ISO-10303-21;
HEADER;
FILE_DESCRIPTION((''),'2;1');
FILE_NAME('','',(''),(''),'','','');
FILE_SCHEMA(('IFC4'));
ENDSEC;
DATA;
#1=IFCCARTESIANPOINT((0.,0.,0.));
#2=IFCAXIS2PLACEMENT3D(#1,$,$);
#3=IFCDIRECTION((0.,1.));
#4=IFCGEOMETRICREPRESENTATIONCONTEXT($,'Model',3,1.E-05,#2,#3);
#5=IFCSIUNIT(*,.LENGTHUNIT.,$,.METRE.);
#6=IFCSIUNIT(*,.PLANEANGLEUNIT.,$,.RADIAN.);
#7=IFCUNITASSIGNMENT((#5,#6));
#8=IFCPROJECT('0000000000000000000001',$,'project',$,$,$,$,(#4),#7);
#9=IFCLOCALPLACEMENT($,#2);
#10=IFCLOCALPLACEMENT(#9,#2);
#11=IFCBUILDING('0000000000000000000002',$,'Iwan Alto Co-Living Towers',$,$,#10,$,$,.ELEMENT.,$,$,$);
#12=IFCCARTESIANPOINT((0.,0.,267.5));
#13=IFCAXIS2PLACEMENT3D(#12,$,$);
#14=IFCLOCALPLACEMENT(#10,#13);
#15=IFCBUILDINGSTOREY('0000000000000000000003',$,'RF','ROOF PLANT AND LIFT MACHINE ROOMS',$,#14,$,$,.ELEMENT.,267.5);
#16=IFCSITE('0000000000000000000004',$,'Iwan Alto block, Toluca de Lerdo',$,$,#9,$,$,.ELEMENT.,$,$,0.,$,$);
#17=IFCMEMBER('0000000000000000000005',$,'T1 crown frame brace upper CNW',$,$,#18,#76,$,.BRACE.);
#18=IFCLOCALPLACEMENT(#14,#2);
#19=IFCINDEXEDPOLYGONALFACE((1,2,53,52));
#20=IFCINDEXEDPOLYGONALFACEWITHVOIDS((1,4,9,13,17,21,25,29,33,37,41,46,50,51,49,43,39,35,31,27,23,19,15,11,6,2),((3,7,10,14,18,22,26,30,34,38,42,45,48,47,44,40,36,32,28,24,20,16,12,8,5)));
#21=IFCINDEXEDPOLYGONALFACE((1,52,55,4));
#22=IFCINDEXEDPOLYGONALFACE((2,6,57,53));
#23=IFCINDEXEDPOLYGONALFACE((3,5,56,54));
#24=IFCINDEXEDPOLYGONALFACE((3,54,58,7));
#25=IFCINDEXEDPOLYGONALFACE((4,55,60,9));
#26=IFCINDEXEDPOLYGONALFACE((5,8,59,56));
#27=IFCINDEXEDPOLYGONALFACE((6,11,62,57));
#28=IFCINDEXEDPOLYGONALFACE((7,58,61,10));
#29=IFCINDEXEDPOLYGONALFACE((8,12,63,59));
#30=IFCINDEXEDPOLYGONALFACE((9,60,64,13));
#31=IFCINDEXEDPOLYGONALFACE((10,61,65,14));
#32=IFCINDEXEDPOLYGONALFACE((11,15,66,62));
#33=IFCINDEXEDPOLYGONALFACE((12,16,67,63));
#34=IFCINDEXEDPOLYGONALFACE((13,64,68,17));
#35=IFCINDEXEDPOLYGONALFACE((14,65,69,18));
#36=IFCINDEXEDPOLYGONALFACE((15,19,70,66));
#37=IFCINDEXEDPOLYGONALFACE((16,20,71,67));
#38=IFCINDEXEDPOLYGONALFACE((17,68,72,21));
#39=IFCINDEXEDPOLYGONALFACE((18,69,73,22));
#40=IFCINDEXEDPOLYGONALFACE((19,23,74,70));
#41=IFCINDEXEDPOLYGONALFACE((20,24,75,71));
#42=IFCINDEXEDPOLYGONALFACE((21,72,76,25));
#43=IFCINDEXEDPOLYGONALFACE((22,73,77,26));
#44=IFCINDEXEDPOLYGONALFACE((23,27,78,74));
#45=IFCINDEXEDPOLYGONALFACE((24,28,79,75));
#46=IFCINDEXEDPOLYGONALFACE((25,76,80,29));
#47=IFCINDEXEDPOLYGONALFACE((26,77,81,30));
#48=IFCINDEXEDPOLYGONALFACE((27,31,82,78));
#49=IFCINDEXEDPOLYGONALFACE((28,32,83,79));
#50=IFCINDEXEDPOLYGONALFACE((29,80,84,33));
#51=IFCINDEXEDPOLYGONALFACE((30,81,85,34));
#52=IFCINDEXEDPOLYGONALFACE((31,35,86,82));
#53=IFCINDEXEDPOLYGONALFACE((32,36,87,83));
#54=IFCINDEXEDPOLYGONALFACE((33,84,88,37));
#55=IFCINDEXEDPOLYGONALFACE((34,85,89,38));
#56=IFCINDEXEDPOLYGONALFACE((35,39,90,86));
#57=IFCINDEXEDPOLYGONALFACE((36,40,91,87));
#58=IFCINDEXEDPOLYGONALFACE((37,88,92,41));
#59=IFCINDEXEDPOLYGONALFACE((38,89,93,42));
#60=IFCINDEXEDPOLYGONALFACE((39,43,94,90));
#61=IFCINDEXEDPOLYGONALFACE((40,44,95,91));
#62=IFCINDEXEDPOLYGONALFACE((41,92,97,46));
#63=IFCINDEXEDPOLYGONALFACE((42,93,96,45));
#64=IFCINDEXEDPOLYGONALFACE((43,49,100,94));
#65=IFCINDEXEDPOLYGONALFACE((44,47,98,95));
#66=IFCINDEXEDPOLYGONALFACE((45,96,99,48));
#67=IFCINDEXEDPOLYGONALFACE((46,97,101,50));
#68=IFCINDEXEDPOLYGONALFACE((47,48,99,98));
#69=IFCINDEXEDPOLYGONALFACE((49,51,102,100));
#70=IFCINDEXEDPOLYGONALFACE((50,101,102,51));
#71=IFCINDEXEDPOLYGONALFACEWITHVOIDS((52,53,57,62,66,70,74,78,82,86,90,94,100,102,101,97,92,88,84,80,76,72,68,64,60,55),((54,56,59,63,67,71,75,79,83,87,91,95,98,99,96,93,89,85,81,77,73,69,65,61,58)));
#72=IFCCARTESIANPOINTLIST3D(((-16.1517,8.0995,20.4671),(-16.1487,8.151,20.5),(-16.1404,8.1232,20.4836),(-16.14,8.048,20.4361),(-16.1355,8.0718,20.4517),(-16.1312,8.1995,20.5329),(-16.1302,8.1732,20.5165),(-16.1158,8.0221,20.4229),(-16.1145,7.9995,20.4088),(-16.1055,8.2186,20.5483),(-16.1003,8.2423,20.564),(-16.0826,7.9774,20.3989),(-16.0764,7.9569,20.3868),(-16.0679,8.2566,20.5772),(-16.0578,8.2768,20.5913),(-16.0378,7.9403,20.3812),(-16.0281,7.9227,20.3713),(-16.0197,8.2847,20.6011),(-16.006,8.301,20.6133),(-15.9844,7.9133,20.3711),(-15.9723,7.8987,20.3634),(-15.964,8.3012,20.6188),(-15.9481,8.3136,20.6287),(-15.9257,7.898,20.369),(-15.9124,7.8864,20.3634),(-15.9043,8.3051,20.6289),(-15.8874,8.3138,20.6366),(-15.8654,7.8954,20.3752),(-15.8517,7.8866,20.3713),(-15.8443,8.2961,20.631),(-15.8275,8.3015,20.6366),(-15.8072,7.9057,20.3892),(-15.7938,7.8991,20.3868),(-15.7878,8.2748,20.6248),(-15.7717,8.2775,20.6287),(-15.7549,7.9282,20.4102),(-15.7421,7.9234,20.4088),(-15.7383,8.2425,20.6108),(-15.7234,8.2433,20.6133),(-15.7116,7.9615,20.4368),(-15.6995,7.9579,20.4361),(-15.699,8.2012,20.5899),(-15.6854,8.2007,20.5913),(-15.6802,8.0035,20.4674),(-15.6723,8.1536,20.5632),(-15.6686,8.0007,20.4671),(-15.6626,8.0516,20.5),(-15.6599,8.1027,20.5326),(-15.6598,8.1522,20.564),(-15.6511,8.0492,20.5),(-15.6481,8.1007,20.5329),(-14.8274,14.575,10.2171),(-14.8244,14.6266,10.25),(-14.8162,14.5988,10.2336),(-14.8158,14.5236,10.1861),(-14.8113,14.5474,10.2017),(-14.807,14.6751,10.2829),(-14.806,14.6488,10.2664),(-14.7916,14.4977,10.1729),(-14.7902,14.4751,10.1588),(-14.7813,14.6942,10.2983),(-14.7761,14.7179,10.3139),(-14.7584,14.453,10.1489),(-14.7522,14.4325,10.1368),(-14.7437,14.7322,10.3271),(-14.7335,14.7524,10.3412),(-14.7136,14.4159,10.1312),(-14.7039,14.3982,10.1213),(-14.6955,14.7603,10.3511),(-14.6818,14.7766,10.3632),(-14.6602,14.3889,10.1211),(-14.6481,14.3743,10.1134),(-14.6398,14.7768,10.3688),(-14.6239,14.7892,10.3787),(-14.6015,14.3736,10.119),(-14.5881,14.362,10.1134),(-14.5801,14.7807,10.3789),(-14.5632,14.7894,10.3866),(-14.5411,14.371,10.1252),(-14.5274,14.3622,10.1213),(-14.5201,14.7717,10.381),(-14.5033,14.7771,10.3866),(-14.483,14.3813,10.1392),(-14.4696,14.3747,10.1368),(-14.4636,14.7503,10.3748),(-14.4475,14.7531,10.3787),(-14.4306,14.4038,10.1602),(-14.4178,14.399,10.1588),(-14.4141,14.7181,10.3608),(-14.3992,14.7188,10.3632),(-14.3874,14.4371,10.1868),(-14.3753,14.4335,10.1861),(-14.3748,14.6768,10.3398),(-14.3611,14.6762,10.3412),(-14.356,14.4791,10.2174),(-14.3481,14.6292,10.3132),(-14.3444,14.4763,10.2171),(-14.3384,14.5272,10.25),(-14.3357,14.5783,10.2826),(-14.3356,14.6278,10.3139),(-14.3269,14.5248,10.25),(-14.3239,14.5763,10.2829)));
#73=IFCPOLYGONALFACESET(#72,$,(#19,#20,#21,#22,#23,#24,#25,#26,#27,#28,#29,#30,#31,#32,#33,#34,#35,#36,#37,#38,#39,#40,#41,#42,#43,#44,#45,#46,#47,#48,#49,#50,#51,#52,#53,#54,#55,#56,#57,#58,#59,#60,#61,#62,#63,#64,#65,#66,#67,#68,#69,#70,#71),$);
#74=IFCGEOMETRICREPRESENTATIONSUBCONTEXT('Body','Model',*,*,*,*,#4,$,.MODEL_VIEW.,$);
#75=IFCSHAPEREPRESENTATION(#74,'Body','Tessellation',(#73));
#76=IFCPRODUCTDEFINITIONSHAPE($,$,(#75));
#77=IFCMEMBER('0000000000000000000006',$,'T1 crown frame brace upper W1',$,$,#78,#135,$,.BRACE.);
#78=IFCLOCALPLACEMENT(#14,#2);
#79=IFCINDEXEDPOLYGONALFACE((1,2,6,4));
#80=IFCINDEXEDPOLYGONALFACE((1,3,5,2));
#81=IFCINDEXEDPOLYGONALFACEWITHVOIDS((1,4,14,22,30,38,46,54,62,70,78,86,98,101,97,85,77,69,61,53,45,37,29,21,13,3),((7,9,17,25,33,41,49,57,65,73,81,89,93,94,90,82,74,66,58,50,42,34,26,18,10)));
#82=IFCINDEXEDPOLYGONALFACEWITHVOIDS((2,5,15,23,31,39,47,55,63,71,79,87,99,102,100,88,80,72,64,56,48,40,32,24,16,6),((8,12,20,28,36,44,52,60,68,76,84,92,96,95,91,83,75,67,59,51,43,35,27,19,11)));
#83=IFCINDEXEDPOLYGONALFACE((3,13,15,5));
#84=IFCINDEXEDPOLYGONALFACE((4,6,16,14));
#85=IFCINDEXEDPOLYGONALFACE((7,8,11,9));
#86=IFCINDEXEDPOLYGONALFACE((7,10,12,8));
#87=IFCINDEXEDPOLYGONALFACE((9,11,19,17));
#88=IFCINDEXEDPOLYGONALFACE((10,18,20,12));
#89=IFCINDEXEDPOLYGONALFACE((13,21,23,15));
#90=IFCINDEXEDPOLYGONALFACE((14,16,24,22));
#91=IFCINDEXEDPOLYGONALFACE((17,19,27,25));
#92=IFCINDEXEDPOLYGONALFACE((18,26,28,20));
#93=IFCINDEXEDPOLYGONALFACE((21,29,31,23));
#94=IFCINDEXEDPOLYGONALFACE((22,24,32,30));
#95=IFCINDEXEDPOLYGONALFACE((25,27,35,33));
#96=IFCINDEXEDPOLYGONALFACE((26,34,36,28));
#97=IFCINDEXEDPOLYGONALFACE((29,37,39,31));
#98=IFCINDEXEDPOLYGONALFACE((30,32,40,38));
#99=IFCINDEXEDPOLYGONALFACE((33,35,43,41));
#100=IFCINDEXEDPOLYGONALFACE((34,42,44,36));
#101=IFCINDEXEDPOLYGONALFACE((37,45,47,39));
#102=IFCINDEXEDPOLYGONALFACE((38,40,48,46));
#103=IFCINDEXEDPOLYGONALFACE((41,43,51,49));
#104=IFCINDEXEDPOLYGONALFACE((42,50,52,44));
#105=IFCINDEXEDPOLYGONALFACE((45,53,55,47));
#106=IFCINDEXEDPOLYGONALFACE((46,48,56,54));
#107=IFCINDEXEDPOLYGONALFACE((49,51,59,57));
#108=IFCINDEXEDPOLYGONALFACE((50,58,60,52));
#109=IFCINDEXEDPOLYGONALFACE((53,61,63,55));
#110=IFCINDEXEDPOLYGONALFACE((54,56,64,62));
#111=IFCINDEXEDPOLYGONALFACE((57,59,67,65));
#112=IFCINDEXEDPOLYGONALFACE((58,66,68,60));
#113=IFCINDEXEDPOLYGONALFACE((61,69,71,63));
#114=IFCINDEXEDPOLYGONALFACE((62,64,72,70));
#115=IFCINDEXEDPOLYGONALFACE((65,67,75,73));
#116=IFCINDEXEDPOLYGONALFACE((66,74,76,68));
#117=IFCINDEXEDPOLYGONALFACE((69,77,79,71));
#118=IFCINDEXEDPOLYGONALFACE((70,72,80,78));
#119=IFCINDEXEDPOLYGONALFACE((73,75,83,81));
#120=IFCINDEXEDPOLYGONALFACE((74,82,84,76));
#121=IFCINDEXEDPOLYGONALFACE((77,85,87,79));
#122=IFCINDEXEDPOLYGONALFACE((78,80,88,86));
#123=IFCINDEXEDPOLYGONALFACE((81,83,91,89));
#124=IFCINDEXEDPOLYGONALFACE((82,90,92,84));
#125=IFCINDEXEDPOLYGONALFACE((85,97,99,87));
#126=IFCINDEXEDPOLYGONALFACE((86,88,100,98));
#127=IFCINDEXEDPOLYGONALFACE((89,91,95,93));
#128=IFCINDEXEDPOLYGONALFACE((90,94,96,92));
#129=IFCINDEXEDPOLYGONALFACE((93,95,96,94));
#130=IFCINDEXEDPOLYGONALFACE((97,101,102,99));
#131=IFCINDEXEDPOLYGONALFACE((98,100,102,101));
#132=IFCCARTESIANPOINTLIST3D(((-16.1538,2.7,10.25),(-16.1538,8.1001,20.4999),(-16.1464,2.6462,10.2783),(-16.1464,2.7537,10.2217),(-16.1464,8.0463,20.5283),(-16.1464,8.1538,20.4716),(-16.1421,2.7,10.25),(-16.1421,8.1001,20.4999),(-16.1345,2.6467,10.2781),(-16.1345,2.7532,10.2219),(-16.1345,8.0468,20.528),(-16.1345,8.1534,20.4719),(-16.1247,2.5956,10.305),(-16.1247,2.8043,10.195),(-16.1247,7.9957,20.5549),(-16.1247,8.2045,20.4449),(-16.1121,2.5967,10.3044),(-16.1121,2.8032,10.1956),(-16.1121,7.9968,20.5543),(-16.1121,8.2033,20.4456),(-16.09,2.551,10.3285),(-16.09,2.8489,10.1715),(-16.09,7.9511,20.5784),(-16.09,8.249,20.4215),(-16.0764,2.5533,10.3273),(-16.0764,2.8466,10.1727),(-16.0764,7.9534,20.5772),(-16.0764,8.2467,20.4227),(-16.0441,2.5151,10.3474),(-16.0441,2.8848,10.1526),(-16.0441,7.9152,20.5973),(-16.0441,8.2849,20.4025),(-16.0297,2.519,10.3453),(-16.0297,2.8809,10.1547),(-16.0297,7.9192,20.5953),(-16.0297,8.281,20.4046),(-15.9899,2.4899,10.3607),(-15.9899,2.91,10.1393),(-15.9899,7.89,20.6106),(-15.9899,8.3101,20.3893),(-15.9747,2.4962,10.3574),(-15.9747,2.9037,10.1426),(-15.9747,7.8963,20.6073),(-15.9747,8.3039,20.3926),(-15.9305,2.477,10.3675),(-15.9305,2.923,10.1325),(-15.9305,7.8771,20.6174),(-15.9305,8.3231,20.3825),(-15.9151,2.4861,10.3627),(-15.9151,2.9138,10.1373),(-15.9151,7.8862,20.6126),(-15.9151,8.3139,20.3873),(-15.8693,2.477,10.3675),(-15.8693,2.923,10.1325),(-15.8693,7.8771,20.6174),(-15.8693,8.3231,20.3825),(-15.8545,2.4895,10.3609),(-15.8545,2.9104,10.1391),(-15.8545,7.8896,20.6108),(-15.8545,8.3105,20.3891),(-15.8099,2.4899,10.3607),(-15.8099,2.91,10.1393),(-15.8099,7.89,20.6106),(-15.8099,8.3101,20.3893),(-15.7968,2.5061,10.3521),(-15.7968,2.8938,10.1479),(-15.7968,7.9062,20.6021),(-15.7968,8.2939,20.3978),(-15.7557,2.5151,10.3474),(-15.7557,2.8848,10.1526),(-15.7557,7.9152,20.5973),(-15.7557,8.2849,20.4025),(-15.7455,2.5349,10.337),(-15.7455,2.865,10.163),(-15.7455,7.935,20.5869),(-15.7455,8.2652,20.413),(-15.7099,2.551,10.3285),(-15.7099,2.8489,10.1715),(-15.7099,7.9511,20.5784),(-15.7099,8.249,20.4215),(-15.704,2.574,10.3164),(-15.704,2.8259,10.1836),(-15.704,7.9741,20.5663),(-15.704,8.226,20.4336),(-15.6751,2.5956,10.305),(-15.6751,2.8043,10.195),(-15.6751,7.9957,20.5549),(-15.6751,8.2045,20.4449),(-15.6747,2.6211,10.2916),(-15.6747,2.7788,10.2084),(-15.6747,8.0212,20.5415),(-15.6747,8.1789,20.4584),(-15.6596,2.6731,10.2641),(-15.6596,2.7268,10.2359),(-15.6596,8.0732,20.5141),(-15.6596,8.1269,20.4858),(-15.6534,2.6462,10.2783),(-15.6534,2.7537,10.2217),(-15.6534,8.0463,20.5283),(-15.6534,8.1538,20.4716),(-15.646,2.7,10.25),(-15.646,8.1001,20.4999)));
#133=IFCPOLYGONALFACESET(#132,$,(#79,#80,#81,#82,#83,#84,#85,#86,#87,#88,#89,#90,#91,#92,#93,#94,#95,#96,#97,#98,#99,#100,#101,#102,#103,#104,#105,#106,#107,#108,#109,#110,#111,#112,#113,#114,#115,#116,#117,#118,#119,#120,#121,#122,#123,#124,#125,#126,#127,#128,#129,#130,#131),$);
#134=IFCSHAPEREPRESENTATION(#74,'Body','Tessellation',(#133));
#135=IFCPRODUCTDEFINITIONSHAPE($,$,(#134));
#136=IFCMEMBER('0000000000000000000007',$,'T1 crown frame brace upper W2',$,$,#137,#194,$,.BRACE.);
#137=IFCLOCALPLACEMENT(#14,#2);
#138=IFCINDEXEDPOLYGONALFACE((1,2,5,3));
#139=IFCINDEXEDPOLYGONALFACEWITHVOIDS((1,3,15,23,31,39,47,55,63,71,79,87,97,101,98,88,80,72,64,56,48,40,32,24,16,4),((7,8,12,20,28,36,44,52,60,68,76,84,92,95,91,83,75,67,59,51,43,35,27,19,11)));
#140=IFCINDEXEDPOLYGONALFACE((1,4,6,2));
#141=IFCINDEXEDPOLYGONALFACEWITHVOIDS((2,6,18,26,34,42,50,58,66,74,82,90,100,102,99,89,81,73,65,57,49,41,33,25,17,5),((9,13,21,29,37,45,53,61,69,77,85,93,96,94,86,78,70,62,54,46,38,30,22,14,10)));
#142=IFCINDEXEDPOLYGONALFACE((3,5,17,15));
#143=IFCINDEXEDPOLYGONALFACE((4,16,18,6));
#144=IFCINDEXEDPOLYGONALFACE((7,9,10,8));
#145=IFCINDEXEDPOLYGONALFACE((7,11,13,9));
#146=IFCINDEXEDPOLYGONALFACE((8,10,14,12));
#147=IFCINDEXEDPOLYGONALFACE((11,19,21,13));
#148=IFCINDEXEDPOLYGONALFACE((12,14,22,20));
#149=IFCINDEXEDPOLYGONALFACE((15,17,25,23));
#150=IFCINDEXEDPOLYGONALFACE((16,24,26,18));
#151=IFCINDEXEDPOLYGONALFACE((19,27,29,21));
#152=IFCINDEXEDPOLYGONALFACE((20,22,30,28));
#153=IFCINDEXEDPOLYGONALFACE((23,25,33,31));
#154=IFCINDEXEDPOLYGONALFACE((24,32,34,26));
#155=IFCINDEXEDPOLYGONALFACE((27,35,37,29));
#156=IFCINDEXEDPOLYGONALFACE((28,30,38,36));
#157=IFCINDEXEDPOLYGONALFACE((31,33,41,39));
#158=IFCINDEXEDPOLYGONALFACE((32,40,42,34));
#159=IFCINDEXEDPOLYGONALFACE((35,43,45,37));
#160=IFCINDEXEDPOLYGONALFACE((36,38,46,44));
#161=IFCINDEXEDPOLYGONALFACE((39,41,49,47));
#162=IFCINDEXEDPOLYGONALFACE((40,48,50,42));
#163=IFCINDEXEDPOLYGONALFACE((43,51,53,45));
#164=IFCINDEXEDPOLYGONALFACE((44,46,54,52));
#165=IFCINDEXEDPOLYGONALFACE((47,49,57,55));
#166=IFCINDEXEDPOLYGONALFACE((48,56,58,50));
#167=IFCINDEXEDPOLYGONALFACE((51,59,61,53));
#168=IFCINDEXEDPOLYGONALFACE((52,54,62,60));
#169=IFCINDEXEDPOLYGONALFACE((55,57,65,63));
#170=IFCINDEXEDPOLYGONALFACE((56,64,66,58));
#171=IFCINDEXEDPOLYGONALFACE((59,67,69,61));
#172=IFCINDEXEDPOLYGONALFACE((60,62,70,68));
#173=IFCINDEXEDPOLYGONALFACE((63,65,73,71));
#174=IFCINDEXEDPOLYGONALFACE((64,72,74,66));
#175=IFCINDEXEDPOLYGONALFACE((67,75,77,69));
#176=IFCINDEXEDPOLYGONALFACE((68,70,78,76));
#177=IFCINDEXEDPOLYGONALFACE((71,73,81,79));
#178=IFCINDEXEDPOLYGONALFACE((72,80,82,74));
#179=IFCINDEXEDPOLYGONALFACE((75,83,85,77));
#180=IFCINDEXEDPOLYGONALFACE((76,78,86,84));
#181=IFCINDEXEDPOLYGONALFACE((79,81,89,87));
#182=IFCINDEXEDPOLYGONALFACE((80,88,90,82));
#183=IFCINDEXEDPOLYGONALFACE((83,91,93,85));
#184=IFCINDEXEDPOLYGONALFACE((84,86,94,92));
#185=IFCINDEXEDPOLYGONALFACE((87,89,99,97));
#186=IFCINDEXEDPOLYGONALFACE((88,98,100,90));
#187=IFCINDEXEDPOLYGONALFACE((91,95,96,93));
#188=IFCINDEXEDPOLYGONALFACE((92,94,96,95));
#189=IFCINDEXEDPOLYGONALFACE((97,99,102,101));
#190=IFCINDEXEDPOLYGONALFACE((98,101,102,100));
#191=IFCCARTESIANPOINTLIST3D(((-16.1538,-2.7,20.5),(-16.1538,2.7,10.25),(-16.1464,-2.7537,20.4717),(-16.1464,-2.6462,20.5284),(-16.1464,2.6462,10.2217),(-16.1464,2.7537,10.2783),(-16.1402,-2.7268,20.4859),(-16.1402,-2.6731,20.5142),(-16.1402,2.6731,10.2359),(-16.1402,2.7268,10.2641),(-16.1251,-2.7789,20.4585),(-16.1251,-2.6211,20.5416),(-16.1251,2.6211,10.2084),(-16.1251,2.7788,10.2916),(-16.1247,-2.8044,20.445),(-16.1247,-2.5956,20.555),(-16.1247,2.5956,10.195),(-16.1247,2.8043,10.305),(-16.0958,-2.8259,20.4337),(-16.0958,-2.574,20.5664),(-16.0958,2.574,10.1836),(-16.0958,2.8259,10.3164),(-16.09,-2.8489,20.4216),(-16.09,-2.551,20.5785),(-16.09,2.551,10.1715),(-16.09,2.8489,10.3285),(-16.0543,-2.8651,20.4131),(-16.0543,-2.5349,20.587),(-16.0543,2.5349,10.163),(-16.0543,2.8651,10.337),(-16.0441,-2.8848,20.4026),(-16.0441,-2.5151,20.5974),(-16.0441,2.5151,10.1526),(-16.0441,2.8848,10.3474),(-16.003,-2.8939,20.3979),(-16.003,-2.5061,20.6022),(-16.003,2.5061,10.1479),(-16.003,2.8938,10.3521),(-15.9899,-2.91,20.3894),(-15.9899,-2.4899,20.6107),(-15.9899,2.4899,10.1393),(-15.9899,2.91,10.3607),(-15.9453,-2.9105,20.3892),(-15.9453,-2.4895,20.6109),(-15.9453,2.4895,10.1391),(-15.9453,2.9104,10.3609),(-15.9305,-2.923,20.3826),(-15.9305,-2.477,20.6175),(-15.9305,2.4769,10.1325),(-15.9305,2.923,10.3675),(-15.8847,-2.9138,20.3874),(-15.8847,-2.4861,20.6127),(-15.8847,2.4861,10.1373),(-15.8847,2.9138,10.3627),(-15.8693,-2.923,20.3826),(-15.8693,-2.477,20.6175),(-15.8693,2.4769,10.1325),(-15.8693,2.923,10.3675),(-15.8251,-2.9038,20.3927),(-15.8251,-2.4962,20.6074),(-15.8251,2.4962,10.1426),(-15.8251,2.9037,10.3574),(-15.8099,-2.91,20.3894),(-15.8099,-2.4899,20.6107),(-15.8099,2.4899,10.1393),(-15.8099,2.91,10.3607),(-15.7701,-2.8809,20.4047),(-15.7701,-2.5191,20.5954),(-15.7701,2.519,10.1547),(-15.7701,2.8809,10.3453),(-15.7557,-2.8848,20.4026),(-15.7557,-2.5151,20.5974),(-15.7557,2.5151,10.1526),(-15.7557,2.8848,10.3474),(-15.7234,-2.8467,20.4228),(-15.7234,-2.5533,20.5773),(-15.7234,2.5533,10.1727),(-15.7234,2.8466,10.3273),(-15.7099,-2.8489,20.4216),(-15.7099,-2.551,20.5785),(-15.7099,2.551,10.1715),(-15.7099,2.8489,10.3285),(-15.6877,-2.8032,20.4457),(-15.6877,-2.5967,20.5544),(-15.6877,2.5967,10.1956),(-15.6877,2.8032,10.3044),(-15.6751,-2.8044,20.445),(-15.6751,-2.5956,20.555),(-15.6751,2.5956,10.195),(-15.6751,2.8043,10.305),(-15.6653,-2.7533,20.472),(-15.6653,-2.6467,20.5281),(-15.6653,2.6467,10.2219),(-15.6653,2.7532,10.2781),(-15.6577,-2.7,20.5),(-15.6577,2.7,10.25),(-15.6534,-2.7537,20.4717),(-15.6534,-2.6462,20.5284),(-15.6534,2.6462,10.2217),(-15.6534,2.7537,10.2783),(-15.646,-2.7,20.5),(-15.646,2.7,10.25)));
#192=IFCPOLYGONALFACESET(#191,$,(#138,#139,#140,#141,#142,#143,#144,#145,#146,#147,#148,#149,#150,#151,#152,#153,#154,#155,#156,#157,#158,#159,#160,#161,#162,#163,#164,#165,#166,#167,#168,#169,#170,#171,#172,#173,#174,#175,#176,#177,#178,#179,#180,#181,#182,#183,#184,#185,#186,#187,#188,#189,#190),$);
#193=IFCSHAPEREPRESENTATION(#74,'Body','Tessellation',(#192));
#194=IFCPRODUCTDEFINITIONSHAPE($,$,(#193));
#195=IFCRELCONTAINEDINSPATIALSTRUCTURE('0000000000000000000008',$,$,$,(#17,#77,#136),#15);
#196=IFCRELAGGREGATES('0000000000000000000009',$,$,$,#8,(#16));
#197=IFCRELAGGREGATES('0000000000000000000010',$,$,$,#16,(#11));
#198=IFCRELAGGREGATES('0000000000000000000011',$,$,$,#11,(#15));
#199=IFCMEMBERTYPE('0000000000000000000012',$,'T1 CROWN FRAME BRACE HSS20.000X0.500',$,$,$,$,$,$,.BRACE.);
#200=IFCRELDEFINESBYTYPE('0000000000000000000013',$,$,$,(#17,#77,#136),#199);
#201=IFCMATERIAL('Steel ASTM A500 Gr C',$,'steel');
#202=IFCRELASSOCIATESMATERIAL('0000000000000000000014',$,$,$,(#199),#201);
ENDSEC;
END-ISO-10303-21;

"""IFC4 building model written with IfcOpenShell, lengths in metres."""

from ifc_helpers import new_model, si_unit, direction, frame, origin, origin_2d, place, context, subcontext, project, spatial, hollow_circle, extrude, material, material_profile, profile_set, type_object, element, save


model = new_model("IFC4")

# Units and contexts
model_context = context("Model", 3, precision=1e-05, world=origin(), true_north=direction((0.0, 1.0)))
body_context = subcontext(model_context, "Body", "Model", "MODEL_VIEW")
ifc_project = project(units=[si_unit("LENGTHUNIT", "METRE"), si_unit("PLANEANGLEUNIT", "RADIAN")], contexts=[model_context])

# Site, building, storey
site_placement = place(None, origin())
site = spatial("IfcSite", under=ifc_project, at=site_placement, Name="Iwan Alto block, Toluca de Lerdo", CompositionType="ELEMENT", RefElevation=0.0)
building_placement = place(site_placement, origin())
building = spatial("IfcBuilding", under=site, at=building_placement, Name="Iwan Alto Co-Living Towers", CompositionType="ELEMENT")
storey_placement = place(building_placement, frame((0.0, 0.0, 267.5)))
storey = spatial("IfcBuildingStorey", under=building, at=storey_placement, Name="RF", Description="ROOF PLANT AND LIFT MACHINE ROOMS", CompositionType="ELEMENT", Elevation=267.5)

# Members
ifc_material_1 = material(Name="Steel ASTM A500 Gr C", Category="steel")
ifc_material_profile_1 = material_profile(ifc_material_1, hollow_circle(Radius=0.2539, WallThickness=0.0117, at=origin_2d()), Name="HSS20.000X0.500")
ifc_profile_set_1 = profile_set([ifc_material_profile_1], Name="Steel ASTM A500 Gr C")
member_type_1 = type_object("IfcMemberType", Name="T1 CROWN FRAME BRACE HSS20.000X0.500", PredefinedType="BRACE", material=ifc_profile_set_1)
for number, where, z_axis, x_axis, name in (
    (1, (-14.5757, 14.5757, 10.25), (-0.108576, -0.530948, 0.84042), (0.979725, -0.200348, 0.0), "T1 crown frame brace upper CNW"),
):
    element("IfcMember", number, at=place(storey_placement, frame(where, z_axis=z_axis, x_axis=x_axis)), inside=storey, type_object=member_type_1, Name=name, PredefinedType="BRACE", context=body_context, shape_type="SweptSolid", body=[
        extrude(hollow_circle(Radius=0.2539, WallThickness=0.0117, at=origin_2d()), origin(), (0.0, 0.0, 1.0), 12.1963),
    ])
for number, where, z_axis, x_axis, name in (
    (2, (-15.8999, 2.7, 10.25), (0.0, 0.466112, 0.884726), (-1.0, 0.0, 0.0), "T1 crown frame brace upper W1"),
    (3, (-15.8999, 2.7, 10.25), (0.0, -0.466096, 0.884734), (1.0, 0.0, 0.0), "T1 crown frame brace upper W2"),
):
    element("IfcMember", number, at=place(storey_placement, frame(where, z_axis=z_axis, x_axis=x_axis)), inside=storey, type_object=member_type_1, Name=name, PredefinedType="BRACE", context=body_context, shape_type="SweptSolid", body=[
        extrude(hollow_circle(Radius=0.2539, WallThickness=0.0117, at=origin_2d()), origin(), (0.0, 0.0, 1.0), 11.5854),
    ])

save(model, "model.ifc")
